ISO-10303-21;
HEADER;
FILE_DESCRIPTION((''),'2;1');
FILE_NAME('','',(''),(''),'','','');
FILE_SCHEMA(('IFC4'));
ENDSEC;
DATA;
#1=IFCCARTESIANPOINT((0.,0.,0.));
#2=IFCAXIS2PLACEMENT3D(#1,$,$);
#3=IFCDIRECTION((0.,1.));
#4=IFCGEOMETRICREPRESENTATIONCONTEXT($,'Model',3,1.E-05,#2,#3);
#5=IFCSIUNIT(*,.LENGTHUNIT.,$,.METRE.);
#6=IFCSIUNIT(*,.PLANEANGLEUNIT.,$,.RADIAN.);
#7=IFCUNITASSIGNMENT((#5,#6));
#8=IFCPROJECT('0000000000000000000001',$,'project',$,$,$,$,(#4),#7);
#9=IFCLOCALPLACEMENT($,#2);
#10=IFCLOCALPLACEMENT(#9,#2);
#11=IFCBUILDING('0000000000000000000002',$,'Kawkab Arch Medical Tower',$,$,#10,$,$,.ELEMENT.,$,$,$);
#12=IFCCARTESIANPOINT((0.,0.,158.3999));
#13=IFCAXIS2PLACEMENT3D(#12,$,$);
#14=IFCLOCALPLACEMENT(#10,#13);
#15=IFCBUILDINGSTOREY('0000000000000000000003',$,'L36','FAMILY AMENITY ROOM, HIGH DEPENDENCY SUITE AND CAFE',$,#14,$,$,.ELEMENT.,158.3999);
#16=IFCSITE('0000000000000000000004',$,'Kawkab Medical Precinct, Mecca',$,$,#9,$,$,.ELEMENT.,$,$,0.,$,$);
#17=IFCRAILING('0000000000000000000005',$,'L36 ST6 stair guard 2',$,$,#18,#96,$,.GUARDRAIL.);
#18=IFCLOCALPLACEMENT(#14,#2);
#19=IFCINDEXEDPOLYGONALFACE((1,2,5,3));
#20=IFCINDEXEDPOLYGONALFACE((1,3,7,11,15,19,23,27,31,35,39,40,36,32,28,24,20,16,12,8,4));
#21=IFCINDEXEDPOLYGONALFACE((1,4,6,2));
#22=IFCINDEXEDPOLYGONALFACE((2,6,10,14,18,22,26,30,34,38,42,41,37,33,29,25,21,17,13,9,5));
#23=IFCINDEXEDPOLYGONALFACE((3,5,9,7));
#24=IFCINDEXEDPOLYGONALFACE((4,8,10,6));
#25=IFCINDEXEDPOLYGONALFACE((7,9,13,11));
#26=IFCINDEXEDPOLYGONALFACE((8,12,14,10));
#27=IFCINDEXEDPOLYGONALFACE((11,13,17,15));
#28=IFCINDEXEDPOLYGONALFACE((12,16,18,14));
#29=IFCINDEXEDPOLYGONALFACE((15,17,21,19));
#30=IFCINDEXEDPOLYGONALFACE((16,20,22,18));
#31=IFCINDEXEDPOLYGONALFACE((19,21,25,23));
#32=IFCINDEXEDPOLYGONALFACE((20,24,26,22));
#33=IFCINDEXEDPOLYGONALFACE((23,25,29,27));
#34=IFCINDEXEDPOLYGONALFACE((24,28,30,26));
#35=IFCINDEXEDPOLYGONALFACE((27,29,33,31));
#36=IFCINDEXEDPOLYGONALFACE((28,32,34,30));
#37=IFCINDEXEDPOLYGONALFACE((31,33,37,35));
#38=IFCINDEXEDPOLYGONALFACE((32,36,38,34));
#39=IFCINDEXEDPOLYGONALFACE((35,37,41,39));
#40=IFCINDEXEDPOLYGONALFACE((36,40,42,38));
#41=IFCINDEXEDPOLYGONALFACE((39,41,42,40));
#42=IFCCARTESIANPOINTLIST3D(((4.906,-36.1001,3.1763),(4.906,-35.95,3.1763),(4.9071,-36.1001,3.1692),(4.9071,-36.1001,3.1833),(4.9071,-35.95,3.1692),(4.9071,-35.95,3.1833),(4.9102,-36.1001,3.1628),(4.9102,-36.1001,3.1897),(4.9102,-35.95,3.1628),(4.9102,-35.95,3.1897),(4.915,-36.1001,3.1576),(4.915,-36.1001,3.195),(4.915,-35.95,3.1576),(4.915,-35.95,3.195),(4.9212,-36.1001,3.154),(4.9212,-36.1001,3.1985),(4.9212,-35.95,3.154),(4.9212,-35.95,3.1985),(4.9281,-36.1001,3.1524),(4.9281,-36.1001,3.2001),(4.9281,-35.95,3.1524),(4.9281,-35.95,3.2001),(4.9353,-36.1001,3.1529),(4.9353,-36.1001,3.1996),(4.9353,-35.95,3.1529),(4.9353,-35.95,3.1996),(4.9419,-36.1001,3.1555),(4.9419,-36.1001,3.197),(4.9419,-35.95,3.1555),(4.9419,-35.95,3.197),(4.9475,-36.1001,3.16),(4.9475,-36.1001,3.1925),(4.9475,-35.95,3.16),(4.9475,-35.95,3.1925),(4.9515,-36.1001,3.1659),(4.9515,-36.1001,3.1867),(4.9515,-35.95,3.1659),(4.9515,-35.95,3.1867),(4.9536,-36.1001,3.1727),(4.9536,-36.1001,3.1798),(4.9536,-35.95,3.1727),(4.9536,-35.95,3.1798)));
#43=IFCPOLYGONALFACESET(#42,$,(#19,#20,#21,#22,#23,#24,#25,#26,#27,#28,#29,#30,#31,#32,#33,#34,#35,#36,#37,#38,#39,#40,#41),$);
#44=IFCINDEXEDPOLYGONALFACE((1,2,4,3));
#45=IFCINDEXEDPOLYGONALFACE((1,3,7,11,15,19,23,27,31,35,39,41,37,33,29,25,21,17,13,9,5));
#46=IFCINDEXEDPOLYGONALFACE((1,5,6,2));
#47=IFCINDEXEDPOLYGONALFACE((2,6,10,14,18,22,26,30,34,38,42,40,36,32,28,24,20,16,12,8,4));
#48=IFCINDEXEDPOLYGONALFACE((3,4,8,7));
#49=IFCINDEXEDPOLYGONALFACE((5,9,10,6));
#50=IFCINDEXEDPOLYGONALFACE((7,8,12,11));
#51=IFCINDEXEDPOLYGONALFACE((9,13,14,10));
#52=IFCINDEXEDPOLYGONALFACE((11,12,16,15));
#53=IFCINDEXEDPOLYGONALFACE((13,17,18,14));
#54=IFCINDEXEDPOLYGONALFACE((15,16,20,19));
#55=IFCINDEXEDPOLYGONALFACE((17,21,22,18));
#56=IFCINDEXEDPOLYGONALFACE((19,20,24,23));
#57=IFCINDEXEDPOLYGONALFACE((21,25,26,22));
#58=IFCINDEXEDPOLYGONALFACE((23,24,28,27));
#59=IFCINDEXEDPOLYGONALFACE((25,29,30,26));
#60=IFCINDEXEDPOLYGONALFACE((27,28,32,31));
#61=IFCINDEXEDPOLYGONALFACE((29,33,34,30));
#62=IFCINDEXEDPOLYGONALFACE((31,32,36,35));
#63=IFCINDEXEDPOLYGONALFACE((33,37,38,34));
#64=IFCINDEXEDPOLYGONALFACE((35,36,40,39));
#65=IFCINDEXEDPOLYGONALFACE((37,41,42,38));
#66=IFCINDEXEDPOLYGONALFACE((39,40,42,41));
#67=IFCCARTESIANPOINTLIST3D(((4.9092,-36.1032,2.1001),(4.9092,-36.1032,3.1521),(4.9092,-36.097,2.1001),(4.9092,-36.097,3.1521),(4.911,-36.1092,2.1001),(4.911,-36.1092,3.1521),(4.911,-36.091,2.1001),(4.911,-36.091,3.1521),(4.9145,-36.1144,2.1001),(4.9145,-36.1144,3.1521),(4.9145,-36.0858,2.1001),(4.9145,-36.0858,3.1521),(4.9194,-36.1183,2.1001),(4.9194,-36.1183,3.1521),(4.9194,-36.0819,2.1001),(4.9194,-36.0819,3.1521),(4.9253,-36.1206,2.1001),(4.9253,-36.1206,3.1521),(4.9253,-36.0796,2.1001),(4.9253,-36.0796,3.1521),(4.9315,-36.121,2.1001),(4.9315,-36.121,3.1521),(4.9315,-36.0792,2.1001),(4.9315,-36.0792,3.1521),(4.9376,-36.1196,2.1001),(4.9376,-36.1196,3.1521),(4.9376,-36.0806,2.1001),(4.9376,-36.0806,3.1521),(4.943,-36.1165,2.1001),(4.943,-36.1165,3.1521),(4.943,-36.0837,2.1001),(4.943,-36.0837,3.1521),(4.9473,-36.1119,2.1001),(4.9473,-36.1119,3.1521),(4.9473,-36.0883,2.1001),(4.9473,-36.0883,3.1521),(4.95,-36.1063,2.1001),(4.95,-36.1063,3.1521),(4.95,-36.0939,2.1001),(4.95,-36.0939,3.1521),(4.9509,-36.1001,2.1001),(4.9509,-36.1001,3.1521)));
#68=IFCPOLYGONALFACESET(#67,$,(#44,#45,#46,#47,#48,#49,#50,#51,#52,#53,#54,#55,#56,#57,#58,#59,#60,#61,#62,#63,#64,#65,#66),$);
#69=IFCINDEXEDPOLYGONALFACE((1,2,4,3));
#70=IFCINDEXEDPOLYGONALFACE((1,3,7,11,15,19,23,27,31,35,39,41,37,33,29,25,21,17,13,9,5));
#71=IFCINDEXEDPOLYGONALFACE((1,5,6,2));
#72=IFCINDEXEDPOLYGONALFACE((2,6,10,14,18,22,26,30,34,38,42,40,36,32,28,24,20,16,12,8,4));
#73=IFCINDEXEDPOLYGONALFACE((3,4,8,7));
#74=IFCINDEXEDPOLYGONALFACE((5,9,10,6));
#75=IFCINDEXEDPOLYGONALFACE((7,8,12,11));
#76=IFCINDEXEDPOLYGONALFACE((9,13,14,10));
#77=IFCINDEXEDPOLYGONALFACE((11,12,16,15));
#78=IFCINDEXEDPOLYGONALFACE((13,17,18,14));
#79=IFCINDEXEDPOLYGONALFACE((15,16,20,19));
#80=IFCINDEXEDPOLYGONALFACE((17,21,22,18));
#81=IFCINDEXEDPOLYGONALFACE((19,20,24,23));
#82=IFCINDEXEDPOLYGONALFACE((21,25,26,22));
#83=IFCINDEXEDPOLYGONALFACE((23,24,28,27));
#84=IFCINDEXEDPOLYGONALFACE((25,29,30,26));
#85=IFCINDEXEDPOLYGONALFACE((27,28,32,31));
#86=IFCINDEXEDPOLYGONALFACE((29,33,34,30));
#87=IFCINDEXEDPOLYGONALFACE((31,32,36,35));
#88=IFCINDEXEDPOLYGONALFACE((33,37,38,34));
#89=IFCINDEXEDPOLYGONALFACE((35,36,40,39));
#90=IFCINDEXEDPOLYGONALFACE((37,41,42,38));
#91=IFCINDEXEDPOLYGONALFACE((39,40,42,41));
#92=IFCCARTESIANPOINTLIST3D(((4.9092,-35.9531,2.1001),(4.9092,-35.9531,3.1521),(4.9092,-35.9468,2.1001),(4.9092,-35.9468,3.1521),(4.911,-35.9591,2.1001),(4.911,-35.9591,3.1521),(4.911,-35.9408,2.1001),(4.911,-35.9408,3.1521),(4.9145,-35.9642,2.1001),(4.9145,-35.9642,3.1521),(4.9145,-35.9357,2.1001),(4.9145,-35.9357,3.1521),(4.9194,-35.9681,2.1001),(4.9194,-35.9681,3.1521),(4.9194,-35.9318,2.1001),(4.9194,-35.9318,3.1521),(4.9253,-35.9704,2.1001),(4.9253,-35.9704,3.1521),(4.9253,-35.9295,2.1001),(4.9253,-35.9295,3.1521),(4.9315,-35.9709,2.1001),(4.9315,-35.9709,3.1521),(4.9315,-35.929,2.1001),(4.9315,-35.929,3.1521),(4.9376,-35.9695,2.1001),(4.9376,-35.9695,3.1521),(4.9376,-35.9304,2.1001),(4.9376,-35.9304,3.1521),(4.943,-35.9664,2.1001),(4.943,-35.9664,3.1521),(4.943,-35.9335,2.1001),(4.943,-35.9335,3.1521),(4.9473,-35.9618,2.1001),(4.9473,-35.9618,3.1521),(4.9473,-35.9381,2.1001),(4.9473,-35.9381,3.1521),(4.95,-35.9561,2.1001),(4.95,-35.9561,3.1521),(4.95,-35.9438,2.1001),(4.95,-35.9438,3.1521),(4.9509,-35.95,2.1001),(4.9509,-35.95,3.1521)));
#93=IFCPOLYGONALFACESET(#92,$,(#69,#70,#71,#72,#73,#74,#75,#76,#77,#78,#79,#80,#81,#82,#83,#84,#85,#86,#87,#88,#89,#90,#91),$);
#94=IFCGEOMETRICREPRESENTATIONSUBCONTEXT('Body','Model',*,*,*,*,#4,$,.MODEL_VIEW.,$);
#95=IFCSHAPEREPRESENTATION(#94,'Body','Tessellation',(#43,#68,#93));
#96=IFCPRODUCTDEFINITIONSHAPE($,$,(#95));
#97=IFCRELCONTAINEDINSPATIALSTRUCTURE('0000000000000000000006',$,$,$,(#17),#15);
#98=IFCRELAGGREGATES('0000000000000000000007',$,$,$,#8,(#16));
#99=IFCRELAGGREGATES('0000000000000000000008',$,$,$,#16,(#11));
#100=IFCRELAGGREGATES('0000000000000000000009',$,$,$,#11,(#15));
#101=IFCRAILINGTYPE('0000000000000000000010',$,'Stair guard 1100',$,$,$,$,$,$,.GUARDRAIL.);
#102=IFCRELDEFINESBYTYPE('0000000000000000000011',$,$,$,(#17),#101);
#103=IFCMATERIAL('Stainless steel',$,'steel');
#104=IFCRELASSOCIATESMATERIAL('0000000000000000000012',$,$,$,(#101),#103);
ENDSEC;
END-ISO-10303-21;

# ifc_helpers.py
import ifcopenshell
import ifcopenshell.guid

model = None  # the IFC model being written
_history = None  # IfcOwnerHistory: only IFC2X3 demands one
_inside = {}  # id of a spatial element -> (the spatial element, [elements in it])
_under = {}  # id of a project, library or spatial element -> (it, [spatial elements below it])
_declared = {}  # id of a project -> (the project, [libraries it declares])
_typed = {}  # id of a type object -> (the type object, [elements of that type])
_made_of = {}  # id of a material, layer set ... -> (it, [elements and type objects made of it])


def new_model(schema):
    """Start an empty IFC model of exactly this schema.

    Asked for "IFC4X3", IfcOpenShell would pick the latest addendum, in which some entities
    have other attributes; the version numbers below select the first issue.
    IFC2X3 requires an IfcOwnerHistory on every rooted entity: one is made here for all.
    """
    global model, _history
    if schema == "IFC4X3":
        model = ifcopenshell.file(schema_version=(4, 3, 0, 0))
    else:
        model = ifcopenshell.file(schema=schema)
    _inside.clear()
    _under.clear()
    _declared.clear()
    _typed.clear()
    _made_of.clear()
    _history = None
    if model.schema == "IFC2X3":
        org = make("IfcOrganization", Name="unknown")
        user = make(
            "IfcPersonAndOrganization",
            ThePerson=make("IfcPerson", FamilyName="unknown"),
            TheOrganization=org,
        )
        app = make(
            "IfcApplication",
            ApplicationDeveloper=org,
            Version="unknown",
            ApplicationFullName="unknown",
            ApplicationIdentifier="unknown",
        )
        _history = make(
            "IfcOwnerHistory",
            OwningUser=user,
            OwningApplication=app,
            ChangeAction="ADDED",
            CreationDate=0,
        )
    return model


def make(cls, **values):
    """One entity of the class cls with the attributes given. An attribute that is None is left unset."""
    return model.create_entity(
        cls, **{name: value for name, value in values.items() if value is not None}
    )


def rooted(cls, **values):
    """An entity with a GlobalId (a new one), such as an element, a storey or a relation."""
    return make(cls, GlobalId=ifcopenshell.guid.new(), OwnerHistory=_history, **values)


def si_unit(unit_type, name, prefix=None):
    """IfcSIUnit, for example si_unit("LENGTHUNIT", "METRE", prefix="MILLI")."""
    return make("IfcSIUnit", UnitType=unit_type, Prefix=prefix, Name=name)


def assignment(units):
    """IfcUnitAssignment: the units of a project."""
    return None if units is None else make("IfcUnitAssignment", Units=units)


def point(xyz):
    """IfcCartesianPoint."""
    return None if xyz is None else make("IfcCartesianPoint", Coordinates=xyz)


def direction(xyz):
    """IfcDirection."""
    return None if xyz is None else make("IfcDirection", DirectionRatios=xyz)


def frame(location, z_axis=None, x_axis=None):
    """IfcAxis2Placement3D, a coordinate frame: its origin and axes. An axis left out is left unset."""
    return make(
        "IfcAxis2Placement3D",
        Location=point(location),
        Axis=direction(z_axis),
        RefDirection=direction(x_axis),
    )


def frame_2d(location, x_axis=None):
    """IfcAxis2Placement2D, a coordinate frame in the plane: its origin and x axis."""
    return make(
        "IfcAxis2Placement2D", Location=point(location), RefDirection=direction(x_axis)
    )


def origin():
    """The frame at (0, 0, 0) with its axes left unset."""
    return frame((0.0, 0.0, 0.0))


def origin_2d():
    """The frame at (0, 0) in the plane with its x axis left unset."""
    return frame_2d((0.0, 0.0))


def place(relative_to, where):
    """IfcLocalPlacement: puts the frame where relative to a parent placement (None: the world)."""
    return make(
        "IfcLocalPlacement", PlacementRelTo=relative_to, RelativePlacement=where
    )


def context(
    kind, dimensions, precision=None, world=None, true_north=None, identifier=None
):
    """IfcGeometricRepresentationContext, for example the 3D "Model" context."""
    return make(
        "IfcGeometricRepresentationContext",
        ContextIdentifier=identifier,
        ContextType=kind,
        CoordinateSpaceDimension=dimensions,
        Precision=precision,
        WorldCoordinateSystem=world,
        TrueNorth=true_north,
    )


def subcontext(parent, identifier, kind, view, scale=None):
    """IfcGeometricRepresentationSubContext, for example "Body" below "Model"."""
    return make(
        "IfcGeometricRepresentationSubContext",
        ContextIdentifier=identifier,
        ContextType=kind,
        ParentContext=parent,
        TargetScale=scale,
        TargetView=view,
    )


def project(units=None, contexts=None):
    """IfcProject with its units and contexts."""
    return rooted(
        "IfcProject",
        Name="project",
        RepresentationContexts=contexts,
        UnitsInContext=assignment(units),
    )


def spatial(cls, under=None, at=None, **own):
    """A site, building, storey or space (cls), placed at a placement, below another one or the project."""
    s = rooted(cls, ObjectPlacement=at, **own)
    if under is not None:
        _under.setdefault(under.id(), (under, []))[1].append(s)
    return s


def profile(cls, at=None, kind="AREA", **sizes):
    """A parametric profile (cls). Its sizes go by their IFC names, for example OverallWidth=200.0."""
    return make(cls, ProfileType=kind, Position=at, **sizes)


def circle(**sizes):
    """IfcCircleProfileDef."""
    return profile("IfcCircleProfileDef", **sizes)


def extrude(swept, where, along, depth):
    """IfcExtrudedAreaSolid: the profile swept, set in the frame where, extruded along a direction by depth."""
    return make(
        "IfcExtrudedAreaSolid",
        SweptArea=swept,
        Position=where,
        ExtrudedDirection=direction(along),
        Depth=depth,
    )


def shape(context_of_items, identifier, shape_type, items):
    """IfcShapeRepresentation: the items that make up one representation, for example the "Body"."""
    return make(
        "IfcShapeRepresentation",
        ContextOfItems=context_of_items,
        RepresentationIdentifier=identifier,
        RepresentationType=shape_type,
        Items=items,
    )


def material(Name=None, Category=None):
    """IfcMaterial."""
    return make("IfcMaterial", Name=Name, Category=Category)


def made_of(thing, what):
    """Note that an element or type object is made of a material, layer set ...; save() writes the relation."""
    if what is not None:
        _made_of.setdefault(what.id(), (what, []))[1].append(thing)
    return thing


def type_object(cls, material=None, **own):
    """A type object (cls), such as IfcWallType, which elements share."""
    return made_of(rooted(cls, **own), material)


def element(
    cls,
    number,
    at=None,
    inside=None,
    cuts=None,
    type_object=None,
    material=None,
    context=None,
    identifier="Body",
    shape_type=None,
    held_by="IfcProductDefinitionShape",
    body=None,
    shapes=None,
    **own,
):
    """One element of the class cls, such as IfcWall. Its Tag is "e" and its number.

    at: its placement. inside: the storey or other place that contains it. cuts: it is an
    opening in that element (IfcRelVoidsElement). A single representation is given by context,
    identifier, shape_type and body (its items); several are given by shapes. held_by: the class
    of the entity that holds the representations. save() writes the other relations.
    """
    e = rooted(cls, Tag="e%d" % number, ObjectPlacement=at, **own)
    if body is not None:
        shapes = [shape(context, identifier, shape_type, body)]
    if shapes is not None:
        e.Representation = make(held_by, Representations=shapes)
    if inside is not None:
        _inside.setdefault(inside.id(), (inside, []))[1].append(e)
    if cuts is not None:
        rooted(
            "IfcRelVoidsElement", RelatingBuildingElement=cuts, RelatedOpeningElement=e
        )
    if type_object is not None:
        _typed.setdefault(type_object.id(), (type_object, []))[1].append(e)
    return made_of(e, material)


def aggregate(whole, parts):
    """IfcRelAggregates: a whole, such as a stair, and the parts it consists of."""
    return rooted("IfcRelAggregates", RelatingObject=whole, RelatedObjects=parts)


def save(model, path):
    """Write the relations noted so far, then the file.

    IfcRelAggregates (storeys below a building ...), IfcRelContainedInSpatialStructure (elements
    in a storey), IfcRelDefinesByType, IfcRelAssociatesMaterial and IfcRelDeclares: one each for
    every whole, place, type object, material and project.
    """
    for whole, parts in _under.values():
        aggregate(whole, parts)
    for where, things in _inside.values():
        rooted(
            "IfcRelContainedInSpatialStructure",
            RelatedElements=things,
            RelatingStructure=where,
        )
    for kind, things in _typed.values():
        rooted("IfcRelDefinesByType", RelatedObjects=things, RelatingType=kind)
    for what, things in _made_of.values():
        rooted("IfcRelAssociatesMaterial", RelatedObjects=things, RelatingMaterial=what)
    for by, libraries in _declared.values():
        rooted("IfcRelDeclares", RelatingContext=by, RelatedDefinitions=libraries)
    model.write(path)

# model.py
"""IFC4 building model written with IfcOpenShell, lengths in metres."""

from ifc_helpers import new_model, si_unit, direction, frame, origin, origin_2d, place, context, subcontext, project, spatial, circle, extrude, material, type_object, element, save


model = new_model("IFC4")

# Units and contexts
model_context = context("Model", 3, precision=1e-05, world=origin(), true_north=direction((0.0, 1.0)))
body_context = subcontext(model_context, "Body", "Model", "MODEL_VIEW")
ifc_project = project(units=[si_unit("LENGTHUNIT", "METRE"), si_unit("PLANEANGLEUNIT", "RADIAN")], contexts=[model_context])

# Site, building, storey
site_placement = place(None, origin())
site = spatial("IfcSite", under=ifc_project, at=site_placement, Name="Kawkab Medical Precinct, Mecca", CompositionType="ELEMENT", RefElevation=0.0)
building_placement = place(site_placement, origin())
building = spatial("IfcBuilding", under=site, at=building_placement, Name="Kawkab Arch Medical Tower", CompositionType="ELEMENT")
storey_placement = place(building_placement, frame((0.0, 0.0, 158.3999)))
storey = spatial("IfcBuildingStorey", under=building, at=storey_placement, Name="L36", Description="FAMILY AMENITY ROOM, HIGH DEPENDENCY SUITE AND CAFE", CompositionType="ELEMENT", Elevation=158.3999)

# Railing
ifc_material_1 = material(Name="Stainless steel", Category="steel")
railing_type = type_object("IfcRailingType", Name="Stair guard 1100", PredefinedType="GUARDRAIL", material=ifc_material_1)
railing_1_placement = place(storey_placement, frame((4.9299, -36.1001, 2.1001)))
element("IfcRailing", 1, at=railing_1_placement, inside=storey, type_object=railing_type, Name="L36 ST6 stair guard 2", PredefinedType="GUARDRAIL", context=body_context, shape_type="SweptSolid", body=[
    extrude(circle(Radius=0.0239, at=origin_2d()), frame((0.0, 0.0, 1.0762), z_axis=(0.0, 1.0, 0.0), x_axis=(-1.0, 0.0, 0.0)), (0.0, 0.0, 1.0), 0.1501),
    extrude(circle(Radius=0.021, at=origin_2d()), origin(), (0.0, 0.0, 1.0), 1.052),
    extrude(circle(Radius=0.021, at=origin_2d()), frame((0.0, 0.1501, 0.0)), (0.0, 0.0, 1.0), 1.052),
])

save(model, "model.ifc")
